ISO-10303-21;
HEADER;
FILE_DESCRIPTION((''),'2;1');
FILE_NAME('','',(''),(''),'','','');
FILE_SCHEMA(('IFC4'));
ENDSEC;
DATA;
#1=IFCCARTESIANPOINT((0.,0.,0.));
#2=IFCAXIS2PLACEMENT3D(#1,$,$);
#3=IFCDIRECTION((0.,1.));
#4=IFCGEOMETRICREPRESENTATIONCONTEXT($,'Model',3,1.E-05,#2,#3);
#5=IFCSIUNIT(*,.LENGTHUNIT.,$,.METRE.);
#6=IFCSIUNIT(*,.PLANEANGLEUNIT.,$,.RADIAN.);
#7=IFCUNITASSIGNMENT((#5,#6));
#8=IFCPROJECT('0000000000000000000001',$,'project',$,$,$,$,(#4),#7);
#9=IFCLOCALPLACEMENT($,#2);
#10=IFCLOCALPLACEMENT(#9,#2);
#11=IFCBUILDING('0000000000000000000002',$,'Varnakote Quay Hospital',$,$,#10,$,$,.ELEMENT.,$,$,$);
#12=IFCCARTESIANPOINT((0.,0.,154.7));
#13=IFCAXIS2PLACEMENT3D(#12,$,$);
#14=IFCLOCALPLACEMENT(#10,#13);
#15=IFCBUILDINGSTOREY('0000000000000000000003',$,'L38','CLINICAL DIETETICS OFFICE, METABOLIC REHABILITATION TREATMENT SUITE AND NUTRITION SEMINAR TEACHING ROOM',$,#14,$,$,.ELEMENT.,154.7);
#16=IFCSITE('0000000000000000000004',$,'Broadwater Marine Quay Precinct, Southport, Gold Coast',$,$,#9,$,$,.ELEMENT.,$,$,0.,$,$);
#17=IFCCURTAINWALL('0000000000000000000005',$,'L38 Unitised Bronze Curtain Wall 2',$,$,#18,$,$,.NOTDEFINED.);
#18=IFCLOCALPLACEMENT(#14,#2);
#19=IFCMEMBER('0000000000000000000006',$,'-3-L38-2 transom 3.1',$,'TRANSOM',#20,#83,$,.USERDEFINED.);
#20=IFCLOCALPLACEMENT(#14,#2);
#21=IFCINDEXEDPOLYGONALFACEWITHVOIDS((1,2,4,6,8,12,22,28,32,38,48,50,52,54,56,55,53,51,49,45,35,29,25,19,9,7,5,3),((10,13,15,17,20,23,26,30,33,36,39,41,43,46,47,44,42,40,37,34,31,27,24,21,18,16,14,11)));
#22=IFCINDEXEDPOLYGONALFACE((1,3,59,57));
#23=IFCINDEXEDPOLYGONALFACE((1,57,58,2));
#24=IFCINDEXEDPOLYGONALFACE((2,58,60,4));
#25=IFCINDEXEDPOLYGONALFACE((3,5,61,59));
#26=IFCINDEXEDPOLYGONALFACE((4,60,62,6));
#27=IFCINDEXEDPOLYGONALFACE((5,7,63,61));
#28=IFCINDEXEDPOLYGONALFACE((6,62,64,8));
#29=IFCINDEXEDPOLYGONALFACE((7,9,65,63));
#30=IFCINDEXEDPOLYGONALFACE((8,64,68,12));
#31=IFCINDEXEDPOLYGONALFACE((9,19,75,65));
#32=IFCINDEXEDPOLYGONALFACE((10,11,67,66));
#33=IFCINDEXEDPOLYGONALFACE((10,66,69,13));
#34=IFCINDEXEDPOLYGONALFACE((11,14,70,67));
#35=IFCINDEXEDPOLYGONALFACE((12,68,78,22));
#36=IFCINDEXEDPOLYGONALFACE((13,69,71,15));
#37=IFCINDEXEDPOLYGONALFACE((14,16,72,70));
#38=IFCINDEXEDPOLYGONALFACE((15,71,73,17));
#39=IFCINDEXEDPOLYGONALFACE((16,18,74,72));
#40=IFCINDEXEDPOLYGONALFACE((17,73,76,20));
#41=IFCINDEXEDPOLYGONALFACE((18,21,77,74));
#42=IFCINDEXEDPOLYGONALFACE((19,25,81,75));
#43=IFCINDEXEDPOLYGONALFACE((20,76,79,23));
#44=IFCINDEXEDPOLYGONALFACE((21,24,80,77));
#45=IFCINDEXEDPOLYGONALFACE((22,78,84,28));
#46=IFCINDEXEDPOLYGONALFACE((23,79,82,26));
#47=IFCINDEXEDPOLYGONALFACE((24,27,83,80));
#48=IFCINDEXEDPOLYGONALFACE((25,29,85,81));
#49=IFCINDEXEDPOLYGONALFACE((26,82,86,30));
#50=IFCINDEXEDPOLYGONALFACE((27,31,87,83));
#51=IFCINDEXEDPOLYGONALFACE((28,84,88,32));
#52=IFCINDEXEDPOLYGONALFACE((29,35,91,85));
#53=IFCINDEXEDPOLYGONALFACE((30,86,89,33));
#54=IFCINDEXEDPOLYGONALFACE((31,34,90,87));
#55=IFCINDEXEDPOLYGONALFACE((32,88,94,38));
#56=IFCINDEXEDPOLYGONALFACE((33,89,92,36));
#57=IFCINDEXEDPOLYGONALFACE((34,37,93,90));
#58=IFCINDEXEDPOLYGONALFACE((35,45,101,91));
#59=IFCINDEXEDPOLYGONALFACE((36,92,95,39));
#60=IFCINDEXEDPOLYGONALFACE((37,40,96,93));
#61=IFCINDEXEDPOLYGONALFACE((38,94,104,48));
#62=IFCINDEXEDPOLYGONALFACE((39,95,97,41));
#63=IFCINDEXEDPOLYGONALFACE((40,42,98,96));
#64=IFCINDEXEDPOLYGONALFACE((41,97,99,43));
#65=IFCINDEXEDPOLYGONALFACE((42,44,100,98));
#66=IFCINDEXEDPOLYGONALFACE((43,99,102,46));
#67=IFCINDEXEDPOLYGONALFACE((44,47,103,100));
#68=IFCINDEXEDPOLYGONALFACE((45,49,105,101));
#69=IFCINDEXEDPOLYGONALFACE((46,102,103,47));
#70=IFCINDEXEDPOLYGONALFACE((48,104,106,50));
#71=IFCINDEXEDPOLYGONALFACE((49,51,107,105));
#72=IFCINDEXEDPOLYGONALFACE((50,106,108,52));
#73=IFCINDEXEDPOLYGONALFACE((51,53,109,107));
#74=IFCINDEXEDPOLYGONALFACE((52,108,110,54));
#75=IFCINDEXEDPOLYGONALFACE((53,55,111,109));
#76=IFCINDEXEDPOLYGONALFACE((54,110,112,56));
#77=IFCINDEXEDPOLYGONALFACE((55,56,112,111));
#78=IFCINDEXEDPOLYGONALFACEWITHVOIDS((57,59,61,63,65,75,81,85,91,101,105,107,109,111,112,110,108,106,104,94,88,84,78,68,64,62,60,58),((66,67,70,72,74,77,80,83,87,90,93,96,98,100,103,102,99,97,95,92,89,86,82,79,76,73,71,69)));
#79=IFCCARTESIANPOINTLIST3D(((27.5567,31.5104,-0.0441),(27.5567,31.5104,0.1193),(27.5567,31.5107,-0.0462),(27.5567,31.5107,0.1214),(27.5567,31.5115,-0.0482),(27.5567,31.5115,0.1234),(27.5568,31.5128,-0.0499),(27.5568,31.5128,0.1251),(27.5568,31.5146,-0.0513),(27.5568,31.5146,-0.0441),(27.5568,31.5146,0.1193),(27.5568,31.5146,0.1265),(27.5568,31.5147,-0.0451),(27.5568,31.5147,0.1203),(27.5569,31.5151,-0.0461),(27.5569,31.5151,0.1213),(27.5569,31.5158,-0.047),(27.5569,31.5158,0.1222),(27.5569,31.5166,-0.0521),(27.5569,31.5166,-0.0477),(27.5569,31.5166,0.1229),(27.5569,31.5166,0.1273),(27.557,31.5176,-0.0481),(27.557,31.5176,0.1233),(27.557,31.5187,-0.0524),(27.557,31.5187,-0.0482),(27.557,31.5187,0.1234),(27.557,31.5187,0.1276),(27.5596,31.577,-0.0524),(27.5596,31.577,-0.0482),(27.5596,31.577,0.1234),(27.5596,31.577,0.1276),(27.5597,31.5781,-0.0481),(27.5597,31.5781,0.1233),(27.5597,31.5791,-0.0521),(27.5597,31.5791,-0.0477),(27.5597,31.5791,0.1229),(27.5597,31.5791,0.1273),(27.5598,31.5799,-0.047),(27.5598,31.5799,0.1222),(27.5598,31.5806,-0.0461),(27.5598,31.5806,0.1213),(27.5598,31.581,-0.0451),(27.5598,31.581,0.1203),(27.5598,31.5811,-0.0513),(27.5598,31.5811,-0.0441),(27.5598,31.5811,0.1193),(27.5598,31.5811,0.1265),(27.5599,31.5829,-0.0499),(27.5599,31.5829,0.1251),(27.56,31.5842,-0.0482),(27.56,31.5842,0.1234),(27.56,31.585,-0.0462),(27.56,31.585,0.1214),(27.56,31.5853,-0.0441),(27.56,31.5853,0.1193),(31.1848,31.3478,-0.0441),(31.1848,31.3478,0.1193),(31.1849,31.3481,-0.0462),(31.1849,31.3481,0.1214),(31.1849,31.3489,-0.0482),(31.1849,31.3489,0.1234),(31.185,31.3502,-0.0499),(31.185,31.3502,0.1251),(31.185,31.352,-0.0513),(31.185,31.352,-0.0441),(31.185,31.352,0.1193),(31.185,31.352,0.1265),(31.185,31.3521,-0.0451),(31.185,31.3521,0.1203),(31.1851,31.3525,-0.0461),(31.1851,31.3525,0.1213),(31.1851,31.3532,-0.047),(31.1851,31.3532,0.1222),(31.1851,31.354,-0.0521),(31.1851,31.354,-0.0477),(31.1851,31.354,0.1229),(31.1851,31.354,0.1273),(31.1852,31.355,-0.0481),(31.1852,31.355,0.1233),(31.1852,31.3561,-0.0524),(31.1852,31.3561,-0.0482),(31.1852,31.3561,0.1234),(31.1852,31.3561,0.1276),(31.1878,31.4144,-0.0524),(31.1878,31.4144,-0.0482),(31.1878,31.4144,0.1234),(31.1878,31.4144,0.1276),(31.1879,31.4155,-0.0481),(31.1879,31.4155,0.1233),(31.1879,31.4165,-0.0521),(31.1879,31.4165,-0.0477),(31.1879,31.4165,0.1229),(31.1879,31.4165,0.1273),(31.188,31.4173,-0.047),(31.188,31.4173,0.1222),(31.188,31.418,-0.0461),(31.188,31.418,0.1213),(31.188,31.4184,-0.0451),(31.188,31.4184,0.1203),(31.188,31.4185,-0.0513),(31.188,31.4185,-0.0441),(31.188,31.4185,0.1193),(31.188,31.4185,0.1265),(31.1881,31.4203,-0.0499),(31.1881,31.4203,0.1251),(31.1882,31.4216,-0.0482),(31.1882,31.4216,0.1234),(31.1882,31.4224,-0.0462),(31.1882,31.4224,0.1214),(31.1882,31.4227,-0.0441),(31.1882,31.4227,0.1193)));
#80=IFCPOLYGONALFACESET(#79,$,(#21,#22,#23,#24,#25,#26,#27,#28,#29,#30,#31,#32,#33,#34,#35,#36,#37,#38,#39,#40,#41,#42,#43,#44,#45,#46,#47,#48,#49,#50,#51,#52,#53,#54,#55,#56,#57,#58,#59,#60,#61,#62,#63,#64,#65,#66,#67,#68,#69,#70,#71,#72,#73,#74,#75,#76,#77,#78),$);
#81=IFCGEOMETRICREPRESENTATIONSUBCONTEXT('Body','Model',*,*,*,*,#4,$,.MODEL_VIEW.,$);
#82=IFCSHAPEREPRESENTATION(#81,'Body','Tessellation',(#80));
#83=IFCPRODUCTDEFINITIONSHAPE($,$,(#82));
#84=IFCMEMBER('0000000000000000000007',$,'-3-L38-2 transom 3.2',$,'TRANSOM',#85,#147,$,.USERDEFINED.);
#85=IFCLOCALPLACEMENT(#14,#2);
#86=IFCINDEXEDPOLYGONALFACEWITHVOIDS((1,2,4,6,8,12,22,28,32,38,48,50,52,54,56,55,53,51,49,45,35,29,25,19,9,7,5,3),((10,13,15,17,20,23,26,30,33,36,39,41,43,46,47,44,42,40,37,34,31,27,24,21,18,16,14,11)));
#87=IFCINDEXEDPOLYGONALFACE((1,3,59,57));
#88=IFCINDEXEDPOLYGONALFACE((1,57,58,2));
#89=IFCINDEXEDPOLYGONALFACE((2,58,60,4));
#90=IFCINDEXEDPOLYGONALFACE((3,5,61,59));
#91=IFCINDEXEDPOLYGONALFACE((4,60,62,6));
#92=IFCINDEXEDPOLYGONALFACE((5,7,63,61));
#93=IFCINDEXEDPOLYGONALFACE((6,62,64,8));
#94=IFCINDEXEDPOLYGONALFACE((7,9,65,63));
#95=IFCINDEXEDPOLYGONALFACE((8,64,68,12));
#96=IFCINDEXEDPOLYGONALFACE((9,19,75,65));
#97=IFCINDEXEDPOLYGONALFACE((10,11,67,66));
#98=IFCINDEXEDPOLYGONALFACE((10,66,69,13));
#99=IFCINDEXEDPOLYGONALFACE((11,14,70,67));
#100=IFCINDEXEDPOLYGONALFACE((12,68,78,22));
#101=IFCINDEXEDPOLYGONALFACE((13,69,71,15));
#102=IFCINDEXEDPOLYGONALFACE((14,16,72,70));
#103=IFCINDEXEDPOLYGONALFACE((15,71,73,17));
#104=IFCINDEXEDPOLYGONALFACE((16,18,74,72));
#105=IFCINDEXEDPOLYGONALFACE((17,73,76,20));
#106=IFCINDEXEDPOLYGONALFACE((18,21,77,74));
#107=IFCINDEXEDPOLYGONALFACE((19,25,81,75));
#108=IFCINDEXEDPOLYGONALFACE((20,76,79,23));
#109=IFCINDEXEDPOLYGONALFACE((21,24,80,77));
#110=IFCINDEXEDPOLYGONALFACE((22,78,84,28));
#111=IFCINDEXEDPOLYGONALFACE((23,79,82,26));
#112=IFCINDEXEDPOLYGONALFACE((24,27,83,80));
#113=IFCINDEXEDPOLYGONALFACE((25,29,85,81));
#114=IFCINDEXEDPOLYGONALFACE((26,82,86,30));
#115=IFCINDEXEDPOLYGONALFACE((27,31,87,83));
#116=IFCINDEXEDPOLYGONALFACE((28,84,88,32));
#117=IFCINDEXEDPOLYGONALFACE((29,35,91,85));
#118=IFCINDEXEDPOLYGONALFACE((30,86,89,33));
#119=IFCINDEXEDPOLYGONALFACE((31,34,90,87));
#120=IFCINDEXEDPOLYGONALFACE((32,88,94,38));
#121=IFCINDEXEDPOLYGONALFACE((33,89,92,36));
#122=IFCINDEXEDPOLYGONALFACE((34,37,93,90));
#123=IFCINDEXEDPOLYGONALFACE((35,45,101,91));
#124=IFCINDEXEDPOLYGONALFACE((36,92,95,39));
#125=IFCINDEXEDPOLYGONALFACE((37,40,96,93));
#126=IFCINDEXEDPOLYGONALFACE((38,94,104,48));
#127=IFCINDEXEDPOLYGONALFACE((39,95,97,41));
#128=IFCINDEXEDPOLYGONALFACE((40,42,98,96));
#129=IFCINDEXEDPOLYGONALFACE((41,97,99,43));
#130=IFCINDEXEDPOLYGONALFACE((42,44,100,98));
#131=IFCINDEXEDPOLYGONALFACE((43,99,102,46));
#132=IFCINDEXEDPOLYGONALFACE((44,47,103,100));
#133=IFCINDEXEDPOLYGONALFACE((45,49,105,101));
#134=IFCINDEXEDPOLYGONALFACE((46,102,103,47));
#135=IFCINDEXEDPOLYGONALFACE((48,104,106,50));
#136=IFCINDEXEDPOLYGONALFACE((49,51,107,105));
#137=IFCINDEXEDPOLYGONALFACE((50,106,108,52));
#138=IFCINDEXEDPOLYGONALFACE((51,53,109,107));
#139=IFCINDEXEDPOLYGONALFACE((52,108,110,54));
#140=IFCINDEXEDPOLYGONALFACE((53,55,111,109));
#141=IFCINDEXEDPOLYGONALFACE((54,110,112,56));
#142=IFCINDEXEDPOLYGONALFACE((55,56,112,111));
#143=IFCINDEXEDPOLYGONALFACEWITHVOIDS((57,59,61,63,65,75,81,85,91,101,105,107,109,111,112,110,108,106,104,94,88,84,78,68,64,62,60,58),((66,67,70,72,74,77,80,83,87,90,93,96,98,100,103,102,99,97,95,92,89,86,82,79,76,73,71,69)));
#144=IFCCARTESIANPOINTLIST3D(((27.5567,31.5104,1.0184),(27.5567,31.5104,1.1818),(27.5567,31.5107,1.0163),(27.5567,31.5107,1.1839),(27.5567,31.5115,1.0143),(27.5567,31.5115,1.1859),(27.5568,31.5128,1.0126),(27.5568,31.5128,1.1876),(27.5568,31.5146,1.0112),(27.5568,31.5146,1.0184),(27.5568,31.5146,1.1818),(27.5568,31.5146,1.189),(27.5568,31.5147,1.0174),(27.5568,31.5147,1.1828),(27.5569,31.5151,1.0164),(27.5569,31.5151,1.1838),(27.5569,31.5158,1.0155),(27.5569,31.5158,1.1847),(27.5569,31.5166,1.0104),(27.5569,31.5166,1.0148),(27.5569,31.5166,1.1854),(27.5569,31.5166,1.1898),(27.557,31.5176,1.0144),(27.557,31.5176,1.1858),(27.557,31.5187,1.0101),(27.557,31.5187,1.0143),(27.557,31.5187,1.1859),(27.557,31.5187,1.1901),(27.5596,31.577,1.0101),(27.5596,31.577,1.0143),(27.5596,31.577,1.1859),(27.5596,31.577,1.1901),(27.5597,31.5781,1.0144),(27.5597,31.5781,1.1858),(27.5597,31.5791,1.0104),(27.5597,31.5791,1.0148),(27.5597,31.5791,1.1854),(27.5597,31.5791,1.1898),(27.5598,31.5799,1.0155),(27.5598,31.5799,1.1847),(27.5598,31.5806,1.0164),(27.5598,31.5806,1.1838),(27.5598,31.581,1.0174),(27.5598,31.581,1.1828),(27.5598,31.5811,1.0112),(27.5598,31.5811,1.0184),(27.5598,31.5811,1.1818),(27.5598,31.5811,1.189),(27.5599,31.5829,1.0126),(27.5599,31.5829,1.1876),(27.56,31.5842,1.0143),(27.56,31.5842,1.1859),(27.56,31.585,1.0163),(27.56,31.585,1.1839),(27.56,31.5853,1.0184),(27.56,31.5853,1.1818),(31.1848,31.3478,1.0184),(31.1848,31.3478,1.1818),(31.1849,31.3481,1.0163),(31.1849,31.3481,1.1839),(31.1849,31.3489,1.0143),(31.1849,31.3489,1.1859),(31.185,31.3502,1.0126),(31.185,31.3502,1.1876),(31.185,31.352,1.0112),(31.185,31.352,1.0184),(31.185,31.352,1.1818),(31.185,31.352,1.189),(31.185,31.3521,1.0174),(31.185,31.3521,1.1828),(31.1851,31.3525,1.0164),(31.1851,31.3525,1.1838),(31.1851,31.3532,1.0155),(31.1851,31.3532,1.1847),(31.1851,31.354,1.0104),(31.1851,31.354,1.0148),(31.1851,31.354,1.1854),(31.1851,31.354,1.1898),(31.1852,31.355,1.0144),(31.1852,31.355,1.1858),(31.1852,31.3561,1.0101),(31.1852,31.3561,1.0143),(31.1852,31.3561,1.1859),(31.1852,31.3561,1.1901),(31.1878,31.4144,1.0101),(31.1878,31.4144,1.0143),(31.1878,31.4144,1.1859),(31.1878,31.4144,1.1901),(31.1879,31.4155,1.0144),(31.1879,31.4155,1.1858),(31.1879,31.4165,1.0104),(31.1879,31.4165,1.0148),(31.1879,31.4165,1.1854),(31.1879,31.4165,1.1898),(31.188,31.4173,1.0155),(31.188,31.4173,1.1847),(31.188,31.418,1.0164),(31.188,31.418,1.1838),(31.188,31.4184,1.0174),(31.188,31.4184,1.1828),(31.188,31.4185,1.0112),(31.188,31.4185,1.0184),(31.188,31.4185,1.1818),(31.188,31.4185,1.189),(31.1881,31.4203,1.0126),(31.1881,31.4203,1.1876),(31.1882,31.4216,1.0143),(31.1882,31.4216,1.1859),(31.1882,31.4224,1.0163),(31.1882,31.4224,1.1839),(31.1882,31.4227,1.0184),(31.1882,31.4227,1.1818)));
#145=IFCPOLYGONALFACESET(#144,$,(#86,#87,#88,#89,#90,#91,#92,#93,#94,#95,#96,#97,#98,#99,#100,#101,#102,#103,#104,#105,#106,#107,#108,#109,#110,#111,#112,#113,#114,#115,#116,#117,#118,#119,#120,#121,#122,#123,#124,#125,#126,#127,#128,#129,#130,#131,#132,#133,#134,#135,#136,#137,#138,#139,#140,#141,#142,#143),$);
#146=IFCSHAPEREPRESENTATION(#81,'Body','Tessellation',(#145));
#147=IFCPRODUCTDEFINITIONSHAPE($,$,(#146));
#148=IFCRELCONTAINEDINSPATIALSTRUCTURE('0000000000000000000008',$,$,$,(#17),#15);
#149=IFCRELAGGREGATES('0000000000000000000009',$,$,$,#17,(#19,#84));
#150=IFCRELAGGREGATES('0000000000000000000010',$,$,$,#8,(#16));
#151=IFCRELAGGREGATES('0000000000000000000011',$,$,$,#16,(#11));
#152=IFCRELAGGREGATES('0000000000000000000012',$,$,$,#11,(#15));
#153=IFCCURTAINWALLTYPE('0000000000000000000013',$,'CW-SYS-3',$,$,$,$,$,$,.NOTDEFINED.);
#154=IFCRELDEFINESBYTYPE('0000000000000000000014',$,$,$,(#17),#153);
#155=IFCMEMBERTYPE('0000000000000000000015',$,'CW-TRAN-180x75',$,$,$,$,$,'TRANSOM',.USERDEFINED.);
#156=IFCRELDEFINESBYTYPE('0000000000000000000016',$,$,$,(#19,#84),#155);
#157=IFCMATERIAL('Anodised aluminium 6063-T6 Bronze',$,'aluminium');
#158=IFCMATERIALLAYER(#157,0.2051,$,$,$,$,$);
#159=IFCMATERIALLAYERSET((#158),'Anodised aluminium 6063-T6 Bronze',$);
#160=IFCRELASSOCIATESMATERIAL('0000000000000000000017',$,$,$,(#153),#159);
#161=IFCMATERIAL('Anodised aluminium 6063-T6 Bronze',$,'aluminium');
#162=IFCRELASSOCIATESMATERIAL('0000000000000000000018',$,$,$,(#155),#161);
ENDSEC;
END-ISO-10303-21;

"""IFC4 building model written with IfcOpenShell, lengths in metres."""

from ifc_helpers import new_model, si_unit, direction, frame, origin, origin_2d, place, context, subcontext, project, spatial, hollow_rectangle, extrude, material, layer, layer_set, material_profile, profile_set, type_object, element, aggregate, save


model = new_model("IFC4")

# Units and contexts
model_context = context("Model", 3, precision=1e-05, world=origin(), true_north=direction((0.0, 1.0)))
body_context = subcontext(model_context, "Body", "Model", "MODEL_VIEW")
ifc_project = project(units=[si_unit("LENGTHUNIT", "METRE"), si_unit("PLANEANGLEUNIT", "RADIAN")], contexts=[model_context])

# Site, building, storey
site_placement = place(None, origin())
site = spatial("IfcSite", under=ifc_project, at=site_placement, Name="Broadwater Marine Quay Precinct, Southport, Gold Coast", CompositionType="ELEMENT", RefElevation=0.0)
building_placement = place(site_placement, origin())
building = spatial("IfcBuilding", under=site, at=building_placement, Name="Varnakote Quay Hospital", CompositionType="ELEMENT")
storey_placement = place(building_placement, frame((0.0, 0.0, 154.7)))
storey = spatial("IfcBuildingStorey", under=building, at=storey_placement, Name="L38", Description="CLINICAL DIETETICS OFFICE, METABOLIC REHABILITATION TREATMENT SUITE AND NUTRITION SEMINAR TEACHING ROOM", CompositionType="ELEMENT", Elevation=154.7)

# Curtain wall, members
ifc_material_1 = material(Name="Anodised aluminium 6063-T6 Bronze", Category="aluminium")
ifc_layer_1 = layer(ifc_material_1, 0.2051)
ifc_layer_set_1 = layer_set([ifc_layer_1], Name="Anodised aluminium 6063-T6 Bronze")
curtain_wall_type = type_object("IfcCurtainWallType", Name="CW-SYS-3", PredefinedType="NOTDEFINED", material=ifc_layer_set_1)
curtain_wall_placement = place(storey_placement, origin())
curtain_wall = element("IfcCurtainWall", 1, at=curtain_wall_placement, inside=storey, type_object=curtain_wall_type, Name="L38 Unitised Bronze Curtain Wall 2", PredefinedType="NOTDEFINED")
ifc_material_2 = material(Name="Anodised aluminium 6063-T6 Bronze", Category="aluminium")
ifc_material_profile_1 = material_profile(ifc_material_2, hollow_rectangle(XDim=0.075, YDim=0.1799, WallThickness=0.0042, InnerFilletRadius=0.0042, OuterFilletRadius=0.0083, at=origin_2d()), Name="CW-TRAN-180x75")
ifc_profile_set_1 = profile_set([ifc_material_profile_1], Name="Anodised aluminium 6063-T6 Bronze")
member_type_1 = type_object("IfcMemberType", Name="CW-TRAN-180x75", ElementType="TRANSOM", PredefinedType="USERDEFINED", material=ifc_profile_set_1)
member_1_placement = place(storey_placement, frame((31.1865, 31.3853, 0.0376), z_axis=(-0.998997, 0.04477, 0.0), x_axis=(-0.04477, -0.998997, 0.0)))
member_1 = element("IfcMember", 2, at=member_1_placement, type_object=member_type_1, Name="-3-L38-2 transom 3.1", ObjectType="TRANSOM", PredefinedType="USERDEFINED", context=body_context, shape_type="SweptSolid", body=[
    extrude(hollow_rectangle(XDim=0.075, YDim=0.1799, WallThickness=0.0042, InnerFilletRadius=0.0042, OuterFilletRadius=0.0083, at=origin_2d()), origin(), (0.0, 0.0, 1.0), 3.6318),
])
member_2_placement = place(storey_placement, frame((31.1865, 31.3853, 1.1001), z_axis=(-0.998997, 0.04477, 0.0), x_axis=(-0.04477, -0.998997, 0.0)))
member_2 = element("IfcMember", 3, at=member_2_placement, type_object=member_type_1, Name="-3-L38-2 transom 3.2", ObjectType="TRANSOM", PredefinedType="USERDEFINED", context=body_context, shape_type="SweptSolid", body=[
    extrude(hollow_rectangle(XDim=0.075, YDim=0.1799, WallThickness=0.0042, InnerFilletRadius=0.0042, OuterFilletRadius=0.0083, at=origin_2d()), origin(), (0.0, 0.0, 1.0), 3.6318),
])

aggregate(curtain_wall, [member_1, member_2])

save(model, "model.ifc")
